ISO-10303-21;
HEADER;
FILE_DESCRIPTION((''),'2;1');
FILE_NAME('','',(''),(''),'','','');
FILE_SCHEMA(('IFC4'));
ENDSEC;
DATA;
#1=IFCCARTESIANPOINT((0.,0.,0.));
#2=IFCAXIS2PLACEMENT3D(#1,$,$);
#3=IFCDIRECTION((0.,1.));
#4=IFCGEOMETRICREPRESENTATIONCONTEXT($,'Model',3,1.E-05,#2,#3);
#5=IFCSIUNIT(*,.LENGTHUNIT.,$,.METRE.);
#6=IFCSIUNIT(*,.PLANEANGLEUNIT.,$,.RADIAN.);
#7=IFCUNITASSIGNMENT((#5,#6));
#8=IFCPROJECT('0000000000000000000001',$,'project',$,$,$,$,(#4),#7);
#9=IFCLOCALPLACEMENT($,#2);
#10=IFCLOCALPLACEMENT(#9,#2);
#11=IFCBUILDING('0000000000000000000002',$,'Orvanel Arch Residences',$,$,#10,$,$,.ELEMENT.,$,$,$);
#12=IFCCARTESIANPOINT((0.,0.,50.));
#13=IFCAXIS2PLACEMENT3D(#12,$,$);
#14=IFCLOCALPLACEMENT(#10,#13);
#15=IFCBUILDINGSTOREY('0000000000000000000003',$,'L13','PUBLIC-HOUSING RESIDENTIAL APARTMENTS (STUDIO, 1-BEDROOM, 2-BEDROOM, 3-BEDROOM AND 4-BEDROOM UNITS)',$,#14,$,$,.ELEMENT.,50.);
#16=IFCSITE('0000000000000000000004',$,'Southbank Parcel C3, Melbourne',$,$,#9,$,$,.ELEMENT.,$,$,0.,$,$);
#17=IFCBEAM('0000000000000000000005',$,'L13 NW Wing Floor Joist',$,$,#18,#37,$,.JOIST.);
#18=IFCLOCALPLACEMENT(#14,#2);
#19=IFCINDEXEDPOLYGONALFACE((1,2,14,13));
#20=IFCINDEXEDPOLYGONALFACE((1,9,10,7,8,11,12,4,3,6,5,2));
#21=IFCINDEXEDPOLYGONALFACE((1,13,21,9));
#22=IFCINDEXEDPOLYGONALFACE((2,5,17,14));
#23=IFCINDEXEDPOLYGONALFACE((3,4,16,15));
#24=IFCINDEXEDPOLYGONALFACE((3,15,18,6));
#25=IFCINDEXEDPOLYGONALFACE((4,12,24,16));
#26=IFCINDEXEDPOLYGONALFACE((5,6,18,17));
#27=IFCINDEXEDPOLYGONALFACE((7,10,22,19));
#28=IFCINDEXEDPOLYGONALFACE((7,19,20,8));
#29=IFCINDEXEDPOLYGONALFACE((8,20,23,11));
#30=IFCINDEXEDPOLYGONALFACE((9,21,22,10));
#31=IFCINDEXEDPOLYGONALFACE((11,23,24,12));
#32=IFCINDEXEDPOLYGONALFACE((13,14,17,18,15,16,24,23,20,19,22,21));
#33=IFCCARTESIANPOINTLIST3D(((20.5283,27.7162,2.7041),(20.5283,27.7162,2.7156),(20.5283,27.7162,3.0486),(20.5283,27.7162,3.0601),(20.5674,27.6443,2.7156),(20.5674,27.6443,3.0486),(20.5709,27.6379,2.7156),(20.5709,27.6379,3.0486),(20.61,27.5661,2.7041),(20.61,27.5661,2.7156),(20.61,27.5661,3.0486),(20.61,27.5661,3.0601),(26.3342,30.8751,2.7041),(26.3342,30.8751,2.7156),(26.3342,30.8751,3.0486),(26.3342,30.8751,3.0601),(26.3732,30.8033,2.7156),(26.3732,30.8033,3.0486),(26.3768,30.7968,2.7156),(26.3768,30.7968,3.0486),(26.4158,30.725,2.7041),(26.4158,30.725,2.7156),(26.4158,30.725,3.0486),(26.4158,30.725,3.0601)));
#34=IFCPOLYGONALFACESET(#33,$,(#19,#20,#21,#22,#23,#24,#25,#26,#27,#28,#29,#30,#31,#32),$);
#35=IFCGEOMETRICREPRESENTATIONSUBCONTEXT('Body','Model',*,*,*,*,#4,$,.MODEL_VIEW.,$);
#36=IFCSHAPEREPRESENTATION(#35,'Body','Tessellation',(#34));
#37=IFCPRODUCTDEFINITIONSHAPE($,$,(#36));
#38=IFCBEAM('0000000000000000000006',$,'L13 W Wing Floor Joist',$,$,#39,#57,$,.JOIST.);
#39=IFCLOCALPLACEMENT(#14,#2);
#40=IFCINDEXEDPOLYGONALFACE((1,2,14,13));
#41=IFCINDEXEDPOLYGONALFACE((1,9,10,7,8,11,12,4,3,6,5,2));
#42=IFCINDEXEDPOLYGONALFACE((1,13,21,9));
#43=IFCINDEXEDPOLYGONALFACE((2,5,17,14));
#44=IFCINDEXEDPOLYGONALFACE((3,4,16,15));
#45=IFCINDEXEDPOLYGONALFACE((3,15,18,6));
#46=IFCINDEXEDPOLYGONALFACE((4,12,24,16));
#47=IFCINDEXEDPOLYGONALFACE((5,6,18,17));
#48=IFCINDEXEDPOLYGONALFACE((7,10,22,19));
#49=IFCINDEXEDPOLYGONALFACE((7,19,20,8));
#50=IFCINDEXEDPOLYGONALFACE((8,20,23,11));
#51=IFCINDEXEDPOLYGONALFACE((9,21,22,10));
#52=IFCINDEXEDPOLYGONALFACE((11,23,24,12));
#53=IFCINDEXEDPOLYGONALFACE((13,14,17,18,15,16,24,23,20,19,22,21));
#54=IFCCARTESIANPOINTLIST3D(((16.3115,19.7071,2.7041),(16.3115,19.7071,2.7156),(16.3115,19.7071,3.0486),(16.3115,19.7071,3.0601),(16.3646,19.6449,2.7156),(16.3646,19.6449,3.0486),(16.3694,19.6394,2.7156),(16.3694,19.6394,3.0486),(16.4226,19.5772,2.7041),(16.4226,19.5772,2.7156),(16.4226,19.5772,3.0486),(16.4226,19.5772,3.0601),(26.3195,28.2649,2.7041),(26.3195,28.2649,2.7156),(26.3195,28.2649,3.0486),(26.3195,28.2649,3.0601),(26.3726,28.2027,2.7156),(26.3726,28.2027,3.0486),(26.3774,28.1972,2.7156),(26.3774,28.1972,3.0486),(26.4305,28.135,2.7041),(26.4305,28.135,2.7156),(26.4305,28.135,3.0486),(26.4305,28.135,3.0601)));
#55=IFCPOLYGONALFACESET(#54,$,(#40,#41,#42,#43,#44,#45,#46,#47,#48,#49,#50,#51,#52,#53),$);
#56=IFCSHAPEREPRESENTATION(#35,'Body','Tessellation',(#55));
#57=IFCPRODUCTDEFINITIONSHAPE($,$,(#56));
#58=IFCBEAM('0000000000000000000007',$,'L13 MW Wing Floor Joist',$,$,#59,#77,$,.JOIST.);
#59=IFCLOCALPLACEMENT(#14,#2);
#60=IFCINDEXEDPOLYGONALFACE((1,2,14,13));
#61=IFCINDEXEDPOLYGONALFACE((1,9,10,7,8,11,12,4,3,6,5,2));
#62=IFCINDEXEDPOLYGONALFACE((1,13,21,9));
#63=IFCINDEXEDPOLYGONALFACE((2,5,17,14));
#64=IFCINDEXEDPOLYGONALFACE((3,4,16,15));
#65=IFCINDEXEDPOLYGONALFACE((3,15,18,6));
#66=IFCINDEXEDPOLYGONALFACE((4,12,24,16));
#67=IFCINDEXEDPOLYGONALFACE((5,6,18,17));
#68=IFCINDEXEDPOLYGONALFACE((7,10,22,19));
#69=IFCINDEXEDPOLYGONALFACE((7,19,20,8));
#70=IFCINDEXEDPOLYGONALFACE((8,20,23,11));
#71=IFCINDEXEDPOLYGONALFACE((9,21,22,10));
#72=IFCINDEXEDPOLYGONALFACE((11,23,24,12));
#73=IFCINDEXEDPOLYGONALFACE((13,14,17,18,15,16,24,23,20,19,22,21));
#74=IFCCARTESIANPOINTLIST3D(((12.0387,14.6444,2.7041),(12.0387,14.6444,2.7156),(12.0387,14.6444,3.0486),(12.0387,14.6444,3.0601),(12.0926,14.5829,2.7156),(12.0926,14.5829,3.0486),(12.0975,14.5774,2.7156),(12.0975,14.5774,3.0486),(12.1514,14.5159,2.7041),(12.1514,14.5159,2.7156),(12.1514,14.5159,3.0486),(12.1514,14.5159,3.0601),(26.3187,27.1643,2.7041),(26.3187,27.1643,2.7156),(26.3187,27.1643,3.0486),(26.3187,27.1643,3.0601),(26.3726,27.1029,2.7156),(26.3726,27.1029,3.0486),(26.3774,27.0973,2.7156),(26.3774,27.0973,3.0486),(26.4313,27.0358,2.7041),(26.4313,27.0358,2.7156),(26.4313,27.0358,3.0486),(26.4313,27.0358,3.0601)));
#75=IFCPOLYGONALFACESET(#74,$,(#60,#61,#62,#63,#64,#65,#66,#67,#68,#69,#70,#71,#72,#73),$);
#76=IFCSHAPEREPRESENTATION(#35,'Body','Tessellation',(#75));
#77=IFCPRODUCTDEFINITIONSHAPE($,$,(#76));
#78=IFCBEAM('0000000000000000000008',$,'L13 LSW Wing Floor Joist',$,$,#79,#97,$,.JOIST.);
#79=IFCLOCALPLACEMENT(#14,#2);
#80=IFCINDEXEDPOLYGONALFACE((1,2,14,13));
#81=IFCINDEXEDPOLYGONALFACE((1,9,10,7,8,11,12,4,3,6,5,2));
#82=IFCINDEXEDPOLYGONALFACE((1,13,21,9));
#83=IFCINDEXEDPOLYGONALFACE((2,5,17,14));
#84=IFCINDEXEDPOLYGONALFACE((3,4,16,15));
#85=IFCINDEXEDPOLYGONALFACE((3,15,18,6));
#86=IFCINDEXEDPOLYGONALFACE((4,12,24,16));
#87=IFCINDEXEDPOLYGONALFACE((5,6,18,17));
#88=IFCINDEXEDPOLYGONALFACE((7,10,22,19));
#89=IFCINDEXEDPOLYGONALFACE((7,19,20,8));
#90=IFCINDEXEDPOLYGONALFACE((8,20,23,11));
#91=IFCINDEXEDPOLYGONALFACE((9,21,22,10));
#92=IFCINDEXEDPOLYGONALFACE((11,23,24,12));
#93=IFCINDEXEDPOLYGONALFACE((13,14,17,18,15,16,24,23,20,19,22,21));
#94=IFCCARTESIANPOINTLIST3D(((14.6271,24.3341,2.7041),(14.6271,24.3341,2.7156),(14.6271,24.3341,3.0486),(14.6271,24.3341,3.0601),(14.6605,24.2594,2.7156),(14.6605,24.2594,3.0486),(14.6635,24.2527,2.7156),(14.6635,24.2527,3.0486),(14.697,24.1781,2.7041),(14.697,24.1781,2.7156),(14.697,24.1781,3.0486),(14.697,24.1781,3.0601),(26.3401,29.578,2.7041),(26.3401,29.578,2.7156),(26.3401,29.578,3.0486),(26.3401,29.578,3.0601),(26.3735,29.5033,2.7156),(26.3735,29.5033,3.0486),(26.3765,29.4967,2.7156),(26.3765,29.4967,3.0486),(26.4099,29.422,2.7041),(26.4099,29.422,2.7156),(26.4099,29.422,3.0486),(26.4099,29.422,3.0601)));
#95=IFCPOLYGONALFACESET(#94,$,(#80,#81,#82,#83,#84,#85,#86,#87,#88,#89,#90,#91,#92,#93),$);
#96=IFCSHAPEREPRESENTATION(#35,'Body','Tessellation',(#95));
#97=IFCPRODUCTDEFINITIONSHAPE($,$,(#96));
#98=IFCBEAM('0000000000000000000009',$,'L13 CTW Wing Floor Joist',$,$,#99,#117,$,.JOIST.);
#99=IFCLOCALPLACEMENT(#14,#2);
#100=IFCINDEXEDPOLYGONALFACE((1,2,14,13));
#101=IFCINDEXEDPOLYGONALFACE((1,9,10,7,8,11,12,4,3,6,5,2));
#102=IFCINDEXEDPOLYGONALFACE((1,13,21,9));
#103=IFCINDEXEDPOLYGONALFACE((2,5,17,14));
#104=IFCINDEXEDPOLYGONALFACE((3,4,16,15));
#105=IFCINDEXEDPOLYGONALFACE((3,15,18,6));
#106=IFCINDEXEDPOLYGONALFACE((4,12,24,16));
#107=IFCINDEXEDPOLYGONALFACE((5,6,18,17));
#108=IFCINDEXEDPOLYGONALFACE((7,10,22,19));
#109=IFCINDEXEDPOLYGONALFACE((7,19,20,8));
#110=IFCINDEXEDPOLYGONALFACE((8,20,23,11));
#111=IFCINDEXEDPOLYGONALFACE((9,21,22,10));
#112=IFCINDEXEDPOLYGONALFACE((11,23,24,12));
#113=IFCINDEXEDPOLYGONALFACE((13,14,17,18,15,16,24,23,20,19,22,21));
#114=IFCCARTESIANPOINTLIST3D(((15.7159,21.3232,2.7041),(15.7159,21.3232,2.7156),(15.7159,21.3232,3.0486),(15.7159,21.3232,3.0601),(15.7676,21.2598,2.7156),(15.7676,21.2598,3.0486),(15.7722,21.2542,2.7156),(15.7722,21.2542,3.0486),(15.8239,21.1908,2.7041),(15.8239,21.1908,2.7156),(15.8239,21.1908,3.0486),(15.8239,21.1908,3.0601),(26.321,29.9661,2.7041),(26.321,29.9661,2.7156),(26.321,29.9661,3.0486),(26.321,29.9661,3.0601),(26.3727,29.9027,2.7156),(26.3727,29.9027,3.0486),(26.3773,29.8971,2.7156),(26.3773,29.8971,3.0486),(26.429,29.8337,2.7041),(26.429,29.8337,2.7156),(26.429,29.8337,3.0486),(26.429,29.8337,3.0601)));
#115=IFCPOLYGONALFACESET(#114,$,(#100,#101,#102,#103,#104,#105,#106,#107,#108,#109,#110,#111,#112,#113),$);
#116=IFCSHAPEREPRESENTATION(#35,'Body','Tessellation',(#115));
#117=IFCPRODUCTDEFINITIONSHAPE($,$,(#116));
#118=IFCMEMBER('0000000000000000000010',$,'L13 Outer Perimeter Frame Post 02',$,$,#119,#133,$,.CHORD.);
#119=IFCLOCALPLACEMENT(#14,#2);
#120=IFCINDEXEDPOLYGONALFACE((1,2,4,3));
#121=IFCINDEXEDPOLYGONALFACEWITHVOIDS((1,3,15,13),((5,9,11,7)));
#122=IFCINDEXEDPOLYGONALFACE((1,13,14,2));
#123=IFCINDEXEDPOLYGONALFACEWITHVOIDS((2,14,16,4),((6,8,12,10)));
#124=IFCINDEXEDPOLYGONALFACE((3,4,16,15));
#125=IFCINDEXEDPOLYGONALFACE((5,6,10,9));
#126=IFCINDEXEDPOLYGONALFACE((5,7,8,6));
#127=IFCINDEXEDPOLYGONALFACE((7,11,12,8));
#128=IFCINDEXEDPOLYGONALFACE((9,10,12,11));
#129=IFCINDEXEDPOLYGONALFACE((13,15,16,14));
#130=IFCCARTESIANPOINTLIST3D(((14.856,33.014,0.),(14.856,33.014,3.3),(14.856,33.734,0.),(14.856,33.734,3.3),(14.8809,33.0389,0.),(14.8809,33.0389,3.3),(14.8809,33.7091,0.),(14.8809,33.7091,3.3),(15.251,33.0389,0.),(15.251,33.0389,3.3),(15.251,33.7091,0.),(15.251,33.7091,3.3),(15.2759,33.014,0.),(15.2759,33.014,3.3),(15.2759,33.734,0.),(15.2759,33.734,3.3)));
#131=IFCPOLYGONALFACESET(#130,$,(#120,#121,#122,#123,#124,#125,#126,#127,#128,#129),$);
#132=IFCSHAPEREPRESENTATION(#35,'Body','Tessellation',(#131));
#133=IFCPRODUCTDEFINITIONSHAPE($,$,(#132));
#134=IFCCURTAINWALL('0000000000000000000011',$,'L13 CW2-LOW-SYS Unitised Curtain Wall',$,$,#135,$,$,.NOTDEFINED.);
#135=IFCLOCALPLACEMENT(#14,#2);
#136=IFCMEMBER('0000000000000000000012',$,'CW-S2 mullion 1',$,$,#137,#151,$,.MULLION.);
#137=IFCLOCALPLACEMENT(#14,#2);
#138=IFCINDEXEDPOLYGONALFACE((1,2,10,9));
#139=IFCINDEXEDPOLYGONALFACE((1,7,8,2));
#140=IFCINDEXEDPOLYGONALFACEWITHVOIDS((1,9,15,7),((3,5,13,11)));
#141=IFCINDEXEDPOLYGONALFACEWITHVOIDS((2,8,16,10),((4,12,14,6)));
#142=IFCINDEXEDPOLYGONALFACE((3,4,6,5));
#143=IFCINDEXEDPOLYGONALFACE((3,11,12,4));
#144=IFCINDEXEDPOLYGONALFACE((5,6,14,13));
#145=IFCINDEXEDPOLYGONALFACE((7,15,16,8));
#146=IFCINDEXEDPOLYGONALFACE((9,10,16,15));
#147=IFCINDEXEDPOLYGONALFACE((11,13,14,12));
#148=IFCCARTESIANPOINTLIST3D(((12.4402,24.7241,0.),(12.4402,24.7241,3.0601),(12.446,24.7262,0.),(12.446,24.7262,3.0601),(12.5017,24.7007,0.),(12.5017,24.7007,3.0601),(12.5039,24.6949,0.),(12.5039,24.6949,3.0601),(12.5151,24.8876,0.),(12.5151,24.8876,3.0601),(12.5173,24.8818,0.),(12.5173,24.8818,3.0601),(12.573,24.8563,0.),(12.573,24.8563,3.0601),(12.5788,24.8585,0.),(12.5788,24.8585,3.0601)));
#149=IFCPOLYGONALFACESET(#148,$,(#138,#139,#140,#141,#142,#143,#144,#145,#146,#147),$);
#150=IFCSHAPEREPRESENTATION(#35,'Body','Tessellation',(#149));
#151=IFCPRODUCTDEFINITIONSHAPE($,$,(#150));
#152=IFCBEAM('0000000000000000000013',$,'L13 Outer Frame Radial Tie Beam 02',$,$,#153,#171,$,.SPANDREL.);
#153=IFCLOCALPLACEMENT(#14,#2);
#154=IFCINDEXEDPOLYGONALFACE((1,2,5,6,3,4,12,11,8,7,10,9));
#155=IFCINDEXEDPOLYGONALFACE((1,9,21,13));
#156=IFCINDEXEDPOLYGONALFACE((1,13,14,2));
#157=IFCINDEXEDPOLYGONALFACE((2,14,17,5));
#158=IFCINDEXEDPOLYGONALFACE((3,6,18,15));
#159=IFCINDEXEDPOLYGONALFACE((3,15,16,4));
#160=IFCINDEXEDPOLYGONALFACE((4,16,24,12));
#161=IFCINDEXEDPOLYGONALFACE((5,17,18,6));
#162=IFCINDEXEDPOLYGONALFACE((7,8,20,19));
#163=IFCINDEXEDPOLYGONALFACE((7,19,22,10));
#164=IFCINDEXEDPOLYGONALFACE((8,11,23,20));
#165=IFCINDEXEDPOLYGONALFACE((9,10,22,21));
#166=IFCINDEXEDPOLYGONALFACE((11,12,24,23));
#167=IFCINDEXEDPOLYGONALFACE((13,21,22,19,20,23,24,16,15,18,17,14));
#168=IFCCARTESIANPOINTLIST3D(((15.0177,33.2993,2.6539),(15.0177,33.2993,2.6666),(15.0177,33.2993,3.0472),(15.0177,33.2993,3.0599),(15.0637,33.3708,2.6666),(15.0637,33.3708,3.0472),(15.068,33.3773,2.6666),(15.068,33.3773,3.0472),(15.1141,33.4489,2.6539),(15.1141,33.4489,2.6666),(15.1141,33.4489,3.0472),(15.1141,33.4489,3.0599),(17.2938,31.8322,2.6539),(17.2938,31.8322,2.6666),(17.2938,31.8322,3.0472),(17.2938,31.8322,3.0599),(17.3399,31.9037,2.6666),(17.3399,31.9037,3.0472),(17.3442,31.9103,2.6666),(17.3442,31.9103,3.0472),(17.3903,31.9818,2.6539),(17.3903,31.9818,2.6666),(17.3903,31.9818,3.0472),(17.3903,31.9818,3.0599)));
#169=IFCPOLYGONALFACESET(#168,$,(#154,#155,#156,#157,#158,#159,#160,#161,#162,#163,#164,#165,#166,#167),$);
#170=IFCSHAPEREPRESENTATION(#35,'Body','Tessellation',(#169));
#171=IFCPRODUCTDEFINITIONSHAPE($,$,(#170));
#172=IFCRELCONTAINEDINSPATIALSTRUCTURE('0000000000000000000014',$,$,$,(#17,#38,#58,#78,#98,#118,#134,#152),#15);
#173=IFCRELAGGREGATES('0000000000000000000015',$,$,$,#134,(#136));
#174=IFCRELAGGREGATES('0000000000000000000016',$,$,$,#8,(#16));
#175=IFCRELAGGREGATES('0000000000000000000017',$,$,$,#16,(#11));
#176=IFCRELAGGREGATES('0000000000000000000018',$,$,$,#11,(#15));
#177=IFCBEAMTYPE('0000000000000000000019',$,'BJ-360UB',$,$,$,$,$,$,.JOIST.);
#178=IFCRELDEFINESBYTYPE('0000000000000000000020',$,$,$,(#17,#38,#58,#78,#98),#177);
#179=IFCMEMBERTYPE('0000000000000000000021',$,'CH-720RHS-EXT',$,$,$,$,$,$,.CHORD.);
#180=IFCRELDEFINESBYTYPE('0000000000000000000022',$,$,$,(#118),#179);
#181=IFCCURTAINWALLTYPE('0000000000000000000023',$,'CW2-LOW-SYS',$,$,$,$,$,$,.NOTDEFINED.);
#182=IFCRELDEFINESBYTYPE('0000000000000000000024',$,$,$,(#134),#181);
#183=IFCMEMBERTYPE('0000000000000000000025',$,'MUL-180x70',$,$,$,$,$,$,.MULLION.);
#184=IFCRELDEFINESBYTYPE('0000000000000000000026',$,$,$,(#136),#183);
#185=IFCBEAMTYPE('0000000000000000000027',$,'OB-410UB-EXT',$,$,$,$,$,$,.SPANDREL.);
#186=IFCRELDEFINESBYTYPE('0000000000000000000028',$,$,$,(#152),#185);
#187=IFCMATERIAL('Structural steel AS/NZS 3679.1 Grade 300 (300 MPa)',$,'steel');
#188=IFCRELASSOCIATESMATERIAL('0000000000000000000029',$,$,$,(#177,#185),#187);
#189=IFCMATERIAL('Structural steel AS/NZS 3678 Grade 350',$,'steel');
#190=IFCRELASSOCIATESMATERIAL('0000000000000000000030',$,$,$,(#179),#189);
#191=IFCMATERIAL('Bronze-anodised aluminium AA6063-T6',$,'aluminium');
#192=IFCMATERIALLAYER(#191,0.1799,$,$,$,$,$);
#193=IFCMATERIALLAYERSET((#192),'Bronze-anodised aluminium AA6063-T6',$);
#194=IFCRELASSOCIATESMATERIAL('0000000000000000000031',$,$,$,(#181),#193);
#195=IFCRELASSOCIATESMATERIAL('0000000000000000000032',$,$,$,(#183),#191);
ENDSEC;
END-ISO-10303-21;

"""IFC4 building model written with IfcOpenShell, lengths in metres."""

from ifc_helpers import new_model, si_unit, direction, frame, origin, origin_2d, place, context, subcontext, project, spatial, hollow_rectangle, i_section, extrude, material, layer, layer_set, material_profile, profile_set, type_object, element, aggregate, save


model = new_model("IFC4")

# Units and contexts
model_context = context("Model", 3, precision=1e-05, world=origin(), true_north=direction((0.0, 1.0)))
body_context = subcontext(model_context, "Body", "Model", "MODEL_VIEW")
ifc_project = project(units=[si_unit("LENGTHUNIT", "METRE"), si_unit("PLANEANGLEUNIT", "RADIAN")], contexts=[model_context])

# Site, building, storey
site_placement = place(None, origin())
site = spatial("IfcSite", under=ifc_project, at=site_placement, Name="Southbank Parcel C3, Melbourne", CompositionType="ELEMENT", RefElevation=0.0)
building_placement = place(site_placement, origin())
building = spatial("IfcBuilding", under=site, at=building_placement, Name="Orvanel Arch Residences", CompositionType="ELEMENT")
storey_placement = place(building_placement, frame((0.0, 0.0, 50.0)))
storey = spatial("IfcBuildingStorey", under=building, at=storey_placement, Name="L13", Description="PUBLIC-HOUSING RESIDENTIAL APARTMENTS (STUDIO, 1-BEDROOM, 2-BEDROOM, 3-BEDROOM AND 4-BEDROOM UNITS)", CompositionType="ELEMENT", Elevation=50.0)

# Beams
ifc_material_1 = material(Name="Structural steel AS/NZS 3679.1 Grade 300 (300 MPa)", Category="steel")
ifc_material_profile_1 = material_profile(ifc_material_1, i_section(OverallWidth=0.1709, OverallDepth=0.356, WebThickness=0.0073, FlangeThickness=0.0115, at=origin_2d()), Name="360UB50.7")
ifc_profile_set_1 = profile_set([ifc_material_profile_1], Name="Structural steel AS/NZS 3679.1 Grade 300 (300 MPa)")
beam_type_1 = type_object("IfcBeamType", Name="BJ-360UB", PredefinedType="JOIST", material=ifc_profile_set_1)
beam_1_placement = place(storey_placement, frame((26.375, 30.8, 2.8821), z_axis=(-0.878399, -0.477928, 0.0), x_axis=(0.477928, -0.878399, 0.0)))
element("IfcBeam", 1, at=beam_1_placement, inside=storey, type_object=beam_type_1, Name="L13 NW Wing Floor Joist", PredefinedType="JOIST", context=body_context, shape_type="SweptSolid", body=[
    extrude(i_section(OverallWidth=0.1709, OverallDepth=0.356, WebThickness=0.0073, FlangeThickness=0.0115, at=origin_2d()), origin(), (0.0, 0.0, 1.0), 6.6096),
])
beam_2_placement = place(storey_placement, frame((26.375, 28.2, 2.8821), z_axis=(-0.760024, -0.649895, 0.0), x_axis=(0.649895, -0.760024, 0.0)))
element("IfcBeam", 2, at=beam_2_placement, inside=storey, type_object=beam_type_1, Name="L13 W Wing Floor Joist", PredefinedType="JOIST", context=body_context, shape_type="SweptSolid", body=[
    extrude(i_section(OverallWidth=0.1709, OverallDepth=0.356, WebThickness=0.0073, FlangeThickness=0.0115, at=origin_2d()), origin(), (0.0, 0.0, 1.0), 13.168),
])
beam_3_placement = place(storey_placement, frame((26.375, 27.1001, 2.8821), z_axis=(-0.751924, -0.65925, 0.0), x_axis=(0.65925, -0.751924, 0.0)))
element("IfcBeam", 3, at=beam_3_placement, inside=storey, type_object=beam_type_1, Name="L13 MW Wing Floor Joist", PredefinedType="JOIST", context=body_context, shape_type="SweptSolid", body=[
    extrude(i_section(OverallWidth=0.1709, OverallDepth=0.356, WebThickness=0.0073, FlangeThickness=0.0115, at=origin_2d()), origin(), (0.0, 0.0, 1.0), 18.9912),
])
beam_4_placement = place(storey_placement, frame((26.375, 29.5, 2.8821), z_axis=(-0.912704, -0.408621, 0.0), x_axis=(0.408621, -0.912704, 0.0)))
element("IfcBeam", 4, at=beam_4_placement, inside=storey, type_object=beam_type_1, Name="L13 LSW Wing Floor Joist", PredefinedType="JOIST", context=body_context, shape_type="SweptSolid", body=[
    extrude(i_section(OverallWidth=0.1709, OverallDepth=0.356, WebThickness=0.0073, FlangeThickness=0.0115, at=origin_2d()), origin(), (0.0, 0.0, 1.0), 12.8333),
])
beam_5_placement = place(storey_placement, frame((26.375, 29.8999, 2.8821), z_axis=(-0.775173, -0.631749, 0.0), x_axis=(0.631749, -0.775173, 0.0)))
element("IfcBeam", 5, at=beam_5_placement, inside=storey, type_object=beam_type_1, Name="L13 CTW Wing Floor Joist", PredefinedType="JOIST", context=body_context, shape_type="SweptSolid", body=[
    extrude(i_section(OverallWidth=0.1709, OverallDepth=0.356, WebThickness=0.0073, FlangeThickness=0.0115, at=origin_2d()), origin(), (0.0, 0.0, 1.0), 13.6809),
])

# Member
ifc_material_2 = material(Name="Structural steel AS/NZS 3678 Grade 350", Category="steel")
ifc_material_profile_2 = material_profile(ifc_material_2, hollow_rectangle(XDim=0.4199, YDim=0.72, WallThickness=0.0249, at=origin_2d()), Name="RHS720x420x25")
ifc_profile_set_2 = profile_set([ifc_material_profile_2], Name="Structural steel AS/NZS 3678 Grade 350")
member_type_1 = type_object("IfcMemberType", Name="CH-720RHS-EXT", PredefinedType="CHORD", material=ifc_profile_set_2)
member_1_placement = place(storey_placement, frame((15.0659, 33.374, 0.0), z_axis=(0.0, 0.0, 1.0), x_axis=(1.0, 0.0, 0.0)))
element("IfcMember", 6, at=member_1_placement, inside=storey, type_object=member_type_1, Name="L13 Outer Perimeter Frame Post 02", PredefinedType="CHORD", context=body_context, shape_type="SweptSolid", body=[
    extrude(hollow_rectangle(XDim=0.4199, YDim=0.72, WallThickness=0.0249, at=origin_2d()), origin(), (0.0, 0.0, 1.0), 3.3),
])

# Curtain wall, member
ifc_material_3 = material(Name="Bronze-anodised aluminium AA6063-T6", Category="aluminium")
ifc_layer_1 = layer(ifc_material_3, 0.1799)
ifc_layer_set_1 = layer_set([ifc_layer_1], Name="Bronze-anodised aluminium AA6063-T6")
curtain_wall_type = type_object("IfcCurtainWallType", Name="CW2-LOW-SYS", PredefinedType="NOTDEFINED", material=ifc_layer_set_1)
curtain_wall_placement = place(storey_placement, origin())
curtain_wall = element("IfcCurtainWall", 7, at=curtain_wall_placement, inside=storey, type_object=curtain_wall_type, Name="L13 CW2-LOW-SYS Unitised Curtain Wall", PredefinedType="NOTDEFINED")
ifc_material_profile_3 = material_profile(ifc_material_3, hollow_rectangle(XDim=0.0701, YDim=0.1799, WallThickness=0.0044, at=origin_2d()), Name="ALU180x70x4.5")
ifc_profile_set_3 = profile_set([ifc_material_profile_3], Name="Bronze-anodised aluminium AA6063-T6")
member_type_2 = type_object("IfcMemberType", Name="MUL-180x70", PredefinedType="MULLION", material=ifc_profile_set_3)
member_2_placement = place(storey_placement, frame((12.5095, 24.7913, 0.0), z_axis=(0.0, 0.0, 1.0), x_axis=(0.909193, -0.416374, 0.0)))
member_2 = element("IfcMember", 8, at=member_2_placement, type_object=member_type_2, Name="CW-S2 mullion 1", PredefinedType="MULLION", context=body_context, shape_type="SweptSolid", body=[
    extrude(hollow_rectangle(XDim=0.0701, YDim=0.1799, WallThickness=0.0044, at=origin_2d()), origin(), (0.0, 0.0, 1.0), 3.0601),
])

# Beam
ifc_material_profile_4 = material_profile(ifc_material_1, i_section(OverallWidth=0.178, OverallDepth=0.406, WebThickness=0.0078, FlangeThickness=0.0127, at=origin_2d()), Name="410UB59.7")
ifc_profile_set_4 = profile_set([ifc_material_profile_4], Name="Structural steel AS/NZS 3679.1 Grade 300 (300 MPa)")
beam_type_2 = type_object("IfcBeamType", Name="OB-410UB-EXT", PredefinedType="SPANDREL", material=ifc_profile_set_4)
beam_6_placement = place(storey_placement, frame((17.342, 31.907, 2.8569), z_axis=(-0.840536, 0.541755, 0.0), x_axis=(-0.541755, -0.840536, 0.0)))
element("IfcBeam", 9, at=beam_6_placement, inside=storey, type_object=beam_type_2, Name="L13 Outer Frame Radial Tie Beam 02", PredefinedType="SPANDREL", context=body_context, shape_type="SweptSolid", body=[
    extrude(i_section(OverallWidth=0.178, OverallDepth=0.406, WebThickness=0.0078, FlangeThickness=0.0127, at=origin_2d()), origin(), (0.0, 0.0, 1.0), 2.708),
])

aggregate(curtain_wall, [member_2])

save(model, "model.ifc")
